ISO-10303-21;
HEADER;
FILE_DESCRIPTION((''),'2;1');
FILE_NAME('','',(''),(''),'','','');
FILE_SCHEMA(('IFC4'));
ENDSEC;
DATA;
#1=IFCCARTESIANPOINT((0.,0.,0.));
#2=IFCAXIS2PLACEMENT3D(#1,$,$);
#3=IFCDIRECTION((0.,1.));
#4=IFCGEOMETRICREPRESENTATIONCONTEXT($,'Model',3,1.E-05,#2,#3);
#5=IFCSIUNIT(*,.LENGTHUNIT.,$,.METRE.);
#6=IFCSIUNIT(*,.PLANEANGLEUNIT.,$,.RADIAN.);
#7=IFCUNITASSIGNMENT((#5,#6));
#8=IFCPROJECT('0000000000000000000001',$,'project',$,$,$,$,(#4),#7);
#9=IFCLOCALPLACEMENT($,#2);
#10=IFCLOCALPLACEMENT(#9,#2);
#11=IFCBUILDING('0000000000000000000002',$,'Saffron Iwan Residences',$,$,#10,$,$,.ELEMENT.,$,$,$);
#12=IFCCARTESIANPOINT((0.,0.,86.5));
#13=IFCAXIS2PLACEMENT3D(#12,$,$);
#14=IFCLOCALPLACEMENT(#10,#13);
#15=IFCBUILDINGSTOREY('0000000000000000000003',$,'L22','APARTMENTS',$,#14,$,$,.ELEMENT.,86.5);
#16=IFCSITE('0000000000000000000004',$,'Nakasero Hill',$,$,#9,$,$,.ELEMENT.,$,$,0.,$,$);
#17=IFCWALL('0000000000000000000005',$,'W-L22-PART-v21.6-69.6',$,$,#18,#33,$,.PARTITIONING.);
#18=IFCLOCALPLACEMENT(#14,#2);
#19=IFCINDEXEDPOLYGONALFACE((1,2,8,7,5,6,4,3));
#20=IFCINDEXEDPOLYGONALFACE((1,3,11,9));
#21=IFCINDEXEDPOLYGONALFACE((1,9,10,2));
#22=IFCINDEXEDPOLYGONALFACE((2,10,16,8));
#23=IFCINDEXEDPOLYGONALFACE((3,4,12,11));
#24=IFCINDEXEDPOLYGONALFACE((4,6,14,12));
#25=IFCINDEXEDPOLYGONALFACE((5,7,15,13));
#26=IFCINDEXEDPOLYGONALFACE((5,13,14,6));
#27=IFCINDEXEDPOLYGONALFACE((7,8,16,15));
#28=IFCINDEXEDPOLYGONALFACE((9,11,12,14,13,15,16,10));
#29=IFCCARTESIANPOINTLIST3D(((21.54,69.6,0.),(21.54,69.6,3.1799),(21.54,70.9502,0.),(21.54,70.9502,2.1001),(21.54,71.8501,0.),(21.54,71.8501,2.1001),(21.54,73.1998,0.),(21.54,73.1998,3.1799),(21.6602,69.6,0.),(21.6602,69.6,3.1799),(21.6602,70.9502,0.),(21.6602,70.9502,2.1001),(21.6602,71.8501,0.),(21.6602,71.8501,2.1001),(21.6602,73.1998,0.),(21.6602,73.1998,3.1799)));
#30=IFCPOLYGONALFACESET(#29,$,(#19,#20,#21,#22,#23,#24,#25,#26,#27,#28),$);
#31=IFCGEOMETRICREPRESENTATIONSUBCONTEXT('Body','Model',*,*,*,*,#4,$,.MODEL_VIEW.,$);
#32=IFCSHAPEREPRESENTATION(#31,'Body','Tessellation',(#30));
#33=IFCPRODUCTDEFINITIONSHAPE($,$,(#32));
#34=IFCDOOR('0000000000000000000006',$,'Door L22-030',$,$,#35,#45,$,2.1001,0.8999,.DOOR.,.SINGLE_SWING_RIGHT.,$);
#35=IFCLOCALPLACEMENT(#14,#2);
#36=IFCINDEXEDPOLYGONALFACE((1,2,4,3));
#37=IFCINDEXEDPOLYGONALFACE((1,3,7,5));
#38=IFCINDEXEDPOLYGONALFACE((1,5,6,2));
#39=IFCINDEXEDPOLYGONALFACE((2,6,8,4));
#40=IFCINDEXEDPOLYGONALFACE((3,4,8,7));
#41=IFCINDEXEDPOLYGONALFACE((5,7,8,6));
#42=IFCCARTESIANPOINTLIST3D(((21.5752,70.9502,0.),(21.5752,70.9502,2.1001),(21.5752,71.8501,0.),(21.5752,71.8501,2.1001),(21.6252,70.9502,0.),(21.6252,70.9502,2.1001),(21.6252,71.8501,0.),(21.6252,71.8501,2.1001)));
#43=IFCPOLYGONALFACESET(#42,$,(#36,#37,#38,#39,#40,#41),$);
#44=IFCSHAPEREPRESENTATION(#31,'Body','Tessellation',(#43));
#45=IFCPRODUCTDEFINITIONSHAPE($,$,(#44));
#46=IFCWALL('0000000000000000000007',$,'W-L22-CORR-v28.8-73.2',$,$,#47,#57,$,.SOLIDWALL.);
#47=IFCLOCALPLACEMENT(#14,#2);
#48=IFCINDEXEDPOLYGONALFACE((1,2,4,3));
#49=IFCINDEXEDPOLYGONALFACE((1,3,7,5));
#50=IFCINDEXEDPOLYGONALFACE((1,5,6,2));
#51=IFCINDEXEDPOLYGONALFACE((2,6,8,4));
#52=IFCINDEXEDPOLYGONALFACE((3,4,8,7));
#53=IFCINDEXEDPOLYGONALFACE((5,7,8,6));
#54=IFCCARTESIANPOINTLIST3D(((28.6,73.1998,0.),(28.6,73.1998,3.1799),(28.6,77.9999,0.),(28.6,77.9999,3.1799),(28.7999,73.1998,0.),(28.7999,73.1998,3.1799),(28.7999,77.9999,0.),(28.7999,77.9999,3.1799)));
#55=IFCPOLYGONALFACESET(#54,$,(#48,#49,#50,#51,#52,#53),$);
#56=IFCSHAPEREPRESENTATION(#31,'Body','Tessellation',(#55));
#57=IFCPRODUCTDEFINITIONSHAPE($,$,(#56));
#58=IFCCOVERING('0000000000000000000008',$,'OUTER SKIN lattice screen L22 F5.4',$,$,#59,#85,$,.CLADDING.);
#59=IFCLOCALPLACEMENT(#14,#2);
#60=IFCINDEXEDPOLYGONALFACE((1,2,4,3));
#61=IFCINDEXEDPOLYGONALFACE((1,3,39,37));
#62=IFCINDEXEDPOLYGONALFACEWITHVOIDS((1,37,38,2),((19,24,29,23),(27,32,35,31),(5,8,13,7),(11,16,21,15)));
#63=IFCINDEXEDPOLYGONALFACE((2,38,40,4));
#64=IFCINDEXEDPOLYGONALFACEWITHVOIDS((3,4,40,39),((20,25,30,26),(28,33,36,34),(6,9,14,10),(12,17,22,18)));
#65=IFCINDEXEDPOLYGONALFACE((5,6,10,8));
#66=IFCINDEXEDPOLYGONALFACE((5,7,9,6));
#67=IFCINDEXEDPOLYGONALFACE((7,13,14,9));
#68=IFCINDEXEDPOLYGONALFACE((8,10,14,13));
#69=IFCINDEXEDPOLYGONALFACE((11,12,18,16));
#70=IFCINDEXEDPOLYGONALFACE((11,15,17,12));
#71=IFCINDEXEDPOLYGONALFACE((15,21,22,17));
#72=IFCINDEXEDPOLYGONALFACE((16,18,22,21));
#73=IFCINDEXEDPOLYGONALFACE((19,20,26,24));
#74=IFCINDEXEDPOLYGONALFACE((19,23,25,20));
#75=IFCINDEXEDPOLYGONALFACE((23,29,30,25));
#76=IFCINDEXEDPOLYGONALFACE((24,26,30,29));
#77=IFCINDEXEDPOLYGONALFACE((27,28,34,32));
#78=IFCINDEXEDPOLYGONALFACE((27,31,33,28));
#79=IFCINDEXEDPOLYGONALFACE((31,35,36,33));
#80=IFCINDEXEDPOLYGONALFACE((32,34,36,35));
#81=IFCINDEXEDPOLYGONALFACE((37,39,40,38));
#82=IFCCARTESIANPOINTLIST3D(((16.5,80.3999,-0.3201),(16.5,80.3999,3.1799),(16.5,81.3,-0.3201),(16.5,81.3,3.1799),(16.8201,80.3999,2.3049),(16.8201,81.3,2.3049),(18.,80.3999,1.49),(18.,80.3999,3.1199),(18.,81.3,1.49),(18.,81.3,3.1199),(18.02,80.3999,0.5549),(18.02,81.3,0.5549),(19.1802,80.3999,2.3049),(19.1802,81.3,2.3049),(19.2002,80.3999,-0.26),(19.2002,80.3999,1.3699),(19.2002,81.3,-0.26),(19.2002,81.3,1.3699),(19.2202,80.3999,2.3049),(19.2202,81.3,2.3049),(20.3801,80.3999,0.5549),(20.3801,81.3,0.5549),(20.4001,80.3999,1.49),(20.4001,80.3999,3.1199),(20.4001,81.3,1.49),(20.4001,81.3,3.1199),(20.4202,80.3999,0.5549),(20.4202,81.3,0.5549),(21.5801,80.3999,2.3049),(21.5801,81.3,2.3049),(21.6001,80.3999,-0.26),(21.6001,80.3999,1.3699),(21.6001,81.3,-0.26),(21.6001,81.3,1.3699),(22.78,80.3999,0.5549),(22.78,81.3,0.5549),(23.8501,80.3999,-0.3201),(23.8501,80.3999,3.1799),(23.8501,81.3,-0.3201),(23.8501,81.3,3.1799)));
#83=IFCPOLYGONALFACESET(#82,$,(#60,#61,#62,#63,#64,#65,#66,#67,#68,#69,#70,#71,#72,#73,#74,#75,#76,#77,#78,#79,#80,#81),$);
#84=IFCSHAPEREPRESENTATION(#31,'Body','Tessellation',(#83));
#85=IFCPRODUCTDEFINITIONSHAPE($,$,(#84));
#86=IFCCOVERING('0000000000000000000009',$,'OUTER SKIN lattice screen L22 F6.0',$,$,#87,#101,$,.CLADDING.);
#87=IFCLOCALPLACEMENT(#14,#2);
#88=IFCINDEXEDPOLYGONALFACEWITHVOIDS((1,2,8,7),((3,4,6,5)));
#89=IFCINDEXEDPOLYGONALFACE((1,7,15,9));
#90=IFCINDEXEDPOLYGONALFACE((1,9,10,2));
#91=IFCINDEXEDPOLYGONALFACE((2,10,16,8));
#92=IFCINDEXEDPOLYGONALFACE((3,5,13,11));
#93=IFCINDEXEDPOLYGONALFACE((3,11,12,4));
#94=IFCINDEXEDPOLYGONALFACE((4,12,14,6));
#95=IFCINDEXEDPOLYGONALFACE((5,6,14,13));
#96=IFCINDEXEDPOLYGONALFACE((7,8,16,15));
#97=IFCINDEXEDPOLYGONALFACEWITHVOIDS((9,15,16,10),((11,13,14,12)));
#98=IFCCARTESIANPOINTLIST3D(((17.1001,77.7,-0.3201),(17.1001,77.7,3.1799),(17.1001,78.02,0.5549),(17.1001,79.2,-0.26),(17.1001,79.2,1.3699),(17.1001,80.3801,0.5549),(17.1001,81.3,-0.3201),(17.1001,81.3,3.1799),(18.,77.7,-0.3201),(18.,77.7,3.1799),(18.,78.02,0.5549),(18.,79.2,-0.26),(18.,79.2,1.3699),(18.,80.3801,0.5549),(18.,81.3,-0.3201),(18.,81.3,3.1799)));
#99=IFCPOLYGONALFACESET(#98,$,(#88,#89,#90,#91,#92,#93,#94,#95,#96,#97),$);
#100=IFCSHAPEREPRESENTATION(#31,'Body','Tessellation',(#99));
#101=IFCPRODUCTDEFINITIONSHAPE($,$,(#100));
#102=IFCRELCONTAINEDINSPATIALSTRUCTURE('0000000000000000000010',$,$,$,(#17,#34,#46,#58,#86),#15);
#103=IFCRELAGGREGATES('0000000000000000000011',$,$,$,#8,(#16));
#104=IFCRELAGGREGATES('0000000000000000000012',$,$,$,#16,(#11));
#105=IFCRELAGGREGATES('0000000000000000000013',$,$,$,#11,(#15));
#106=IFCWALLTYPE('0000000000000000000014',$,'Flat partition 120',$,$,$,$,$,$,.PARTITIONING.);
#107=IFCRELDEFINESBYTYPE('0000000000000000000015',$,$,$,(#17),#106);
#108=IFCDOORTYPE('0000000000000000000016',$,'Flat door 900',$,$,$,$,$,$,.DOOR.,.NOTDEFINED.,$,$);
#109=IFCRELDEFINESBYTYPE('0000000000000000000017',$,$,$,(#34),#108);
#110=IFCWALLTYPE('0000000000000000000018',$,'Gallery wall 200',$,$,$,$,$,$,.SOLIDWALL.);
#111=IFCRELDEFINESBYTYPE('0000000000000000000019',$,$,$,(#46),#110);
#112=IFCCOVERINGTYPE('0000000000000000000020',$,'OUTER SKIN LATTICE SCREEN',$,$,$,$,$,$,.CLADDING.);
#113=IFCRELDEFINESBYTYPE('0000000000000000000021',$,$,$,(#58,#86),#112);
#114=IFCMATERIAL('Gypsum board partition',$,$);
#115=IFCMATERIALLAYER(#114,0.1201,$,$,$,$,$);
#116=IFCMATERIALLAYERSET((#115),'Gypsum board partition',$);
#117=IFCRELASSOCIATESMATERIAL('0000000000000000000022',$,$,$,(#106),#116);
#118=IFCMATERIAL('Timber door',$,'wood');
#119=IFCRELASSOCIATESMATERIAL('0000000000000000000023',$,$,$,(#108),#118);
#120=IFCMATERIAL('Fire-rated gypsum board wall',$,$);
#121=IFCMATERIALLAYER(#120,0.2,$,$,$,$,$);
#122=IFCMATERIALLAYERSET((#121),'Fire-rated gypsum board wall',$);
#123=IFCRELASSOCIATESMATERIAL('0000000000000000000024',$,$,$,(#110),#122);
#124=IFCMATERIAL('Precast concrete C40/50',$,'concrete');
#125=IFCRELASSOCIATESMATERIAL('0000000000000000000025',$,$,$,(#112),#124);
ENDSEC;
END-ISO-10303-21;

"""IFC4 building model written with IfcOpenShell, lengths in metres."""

from ifc_helpers import new_model, si_unit, direction, frame, frame_2d, origin, place, context, subcontext, project, spatial, polyline, rectangle, outline, extrude, material, layer, layer_set, type_object, element, fill, save


model = new_model("IFC4")

# Units and contexts
model_context = context("Model", 3, precision=1e-05, world=origin(), true_north=direction((0.0, 1.0)))
body_context = subcontext(model_context, "Body", "Model", "MODEL_VIEW")
ifc_project = project(units=[si_unit("LENGTHUNIT", "METRE"), si_unit("PLANEANGLEUNIT", "RADIAN")], contexts=[model_context])

# Site, building, storey
site_placement = place(None, origin())
site = spatial("IfcSite", under=ifc_project, at=site_placement, Name="Nakasero Hill", CompositionType="ELEMENT", RefElevation=0.0)
building_placement = place(site_placement, origin())
building = spatial("IfcBuilding", under=site, at=building_placement, Name="Saffron Iwan Residences", CompositionType="ELEMENT")
storey_placement = place(building_placement, frame((0.0, 0.0, 86.5)))
storey = spatial("IfcBuildingStorey", under=building, at=storey_placement, Name="L22", Description="APARTMENTS", CompositionType="ELEMENT", Elevation=86.5)

# Shared definitions
ifc_material_1 = material(Name="Gypsum board partition")
ifc_layer_1 = layer(ifc_material_1, 0.1201)
ifc_layer_set_1 = layer_set([ifc_layer_1], Name="Gypsum board partition")
wall_type_1 = type_object("IfcWallType", Name="Flat partition 120", PredefinedType="PARTITIONING", material=ifc_layer_set_1)

# Wall, opening, door
wall_1_placement = place(storey_placement, frame((21.6001, 69.6001, 0.0), z_axis=(0.0, 0.0, 1.0), x_axis=(0.0, 1.0, 0.0)))
wall_1 = element("IfcWall", 1, at=wall_1_placement, inside=storey, type_object=wall_type_1, Name="W-L22-PART-v21.6-69.6", PredefinedType="PARTITIONING", context=body_context, shape_type="SweptSolid", body=[
    extrude(rectangle(XDim=3.5999, YDim=0.1201, at=frame_2d((1.7998, 0.0))), origin(), (0.0, 0.0, 1.0), 3.1799),
])
opening_1_placement = place(wall_1_placement, frame((1.3501, 0.0, 0.0)))
opening_1 = element("IfcOpeningElement", 2, at=opening_1_placement, cuts=wall_1, PredefinedType="OPENING", context=body_context, shape_type="SweptSolid", body=[
    extrude(rectangle(XDim=0.8999, YDim=2.1001, at=frame_2d((0.45, 1.05))), frame((0.0, 0.0701, 0.0), z_axis=(0.0, -1.0, 0.0), x_axis=(1.0, 0.0, 0.0)), (0.0, 0.0, 1.0), 0.1401),
])
ifc_material_2 = material(Name="Timber door", Category="wood")
door_type_1 = type_object("IfcDoorType", Name="Flat door 900", OperationType="NOTDEFINED", PredefinedType="DOOR", material=ifc_material_2)
door_1_placement = place(opening_1_placement, origin())
door_1 = element("IfcDoor", 3, at=door_1_placement, inside=storey, type_object=door_type_1, Name="Door L22-030", OperationType="SINGLE_SWING_RIGHT", OverallHeight=2.1001, OverallWidth=0.8999, PredefinedType="DOOR", context=body_context, shape_type="SweptSolid", body=[
    extrude(rectangle(XDim=0.8999, YDim=2.1001, at=frame_2d((0.45, 1.05))), frame((0.0, 0.0249, 0.0), z_axis=(0.0, -1.0, 0.0), x_axis=(1.0, 0.0, 0.0)), (0.0, 0.0, 1.0), 0.05),
])
fill(opening_1, door_1)

# Wall
ifc_material_3 = material(Name="Fire-rated gypsum board wall")
ifc_layer_2 = layer(ifc_material_3, 0.2)
ifc_layer_set_2 = layer_set([ifc_layer_2], Name="Fire-rated gypsum board wall")
wall_type_2 = type_object("IfcWallType", Name="Gallery wall 200", PredefinedType="SOLIDWALL", material=ifc_layer_set_2)
wall_2_placement = place(storey_placement, frame((28.7, 73.2, 0.0), z_axis=(0.0, 0.0, 1.0), x_axis=(0.0, 1.0, 0.0)))
element("IfcWall", 4, at=wall_2_placement, inside=storey, type_object=wall_type_2, Name="W-L22-CORR-v28.8-73.2", PredefinedType="SOLIDWALL", context=body_context, shape_type="SweptSolid", body=[
    extrude(rectangle(XDim=4.8, YDim=0.2, at=frame_2d((2.3999, 0.0))), origin(), (0.0, 0.0, 1.0), 3.1799),
])

# Coverings
ifc_material_4 = material(Name="Precast concrete C40/50", Category="concrete")
covering_type = type_object("IfcCoveringType", Name="OUTER SKIN LATTICE SCREEN", PredefinedType="CLADDING", material=ifc_material_4)
covering_1_placement = place(storey_placement, frame((23.8501, 80.3999, -0.3201), z_axis=(0.0, 1.0, 0.0), x_axis=(-1.0, 0.0, 0.0)))
element("IfcCovering", 5, at=covering_1_placement, inside=storey, type_object=covering_type, Name="OUTER SKIN lattice screen L22 F5.4", PredefinedType="CLADDING", context=body_context, shape_type="SweptSolid", body=[
    extrude(outline(polyline([(0.0, 0.0), (7.3501, 0.0), (7.3501, 3.5), (0.0, 3.5), (0.0, 0.0)]), holes=[polyline([(1.0701, 0.875), (2.25, 0.0601), (3.4299, 0.875), (2.25, 1.6899), (1.0701, 0.875)]), polyline([(3.47, 0.875), (4.6499, 0.0601), (5.8301, 0.875), (4.6499, 1.6899), (3.47, 0.875)]), polyline([(2.27, 2.625), (3.45, 1.8101), (4.6299, 2.625), (3.45, 3.4399), (2.27, 2.625)]), polyline([(4.6699, 2.625), (5.8501, 1.8101), (7.03, 2.625), (5.8501, 3.4399), (4.6699, 2.625)])]), origin(), (0.0, 0.0, 1.0), 0.9001),
])
covering_2_placement = place(storey_placement, frame((18.0, 81.3, -0.3201), z_axis=(-1.0, 0.0, 0.0), x_axis=(0.0, -1.0, 0.0)))
element("IfcCovering", 6, at=covering_2_placement, inside=storey, type_object=covering_type, Name="OUTER SKIN lattice screen L22 F6.0", PredefinedType="CLADDING", context=body_context, shape_type="SweptSolid", body=[
    extrude(outline(polyline([(0.0, 0.0), (3.6001, 0.0), (3.6001, 3.5), (0.0, 3.5), (0.0, 0.0)]), holes=[polyline([(0.9199, 0.875), (2.1001, 0.0601), (3.28, 0.875), (2.1001, 1.6899), (0.9199, 0.875)])]), origin(), (0.0, 0.0, 1.0), 0.8999),
])

save(model, "model.ifc")
